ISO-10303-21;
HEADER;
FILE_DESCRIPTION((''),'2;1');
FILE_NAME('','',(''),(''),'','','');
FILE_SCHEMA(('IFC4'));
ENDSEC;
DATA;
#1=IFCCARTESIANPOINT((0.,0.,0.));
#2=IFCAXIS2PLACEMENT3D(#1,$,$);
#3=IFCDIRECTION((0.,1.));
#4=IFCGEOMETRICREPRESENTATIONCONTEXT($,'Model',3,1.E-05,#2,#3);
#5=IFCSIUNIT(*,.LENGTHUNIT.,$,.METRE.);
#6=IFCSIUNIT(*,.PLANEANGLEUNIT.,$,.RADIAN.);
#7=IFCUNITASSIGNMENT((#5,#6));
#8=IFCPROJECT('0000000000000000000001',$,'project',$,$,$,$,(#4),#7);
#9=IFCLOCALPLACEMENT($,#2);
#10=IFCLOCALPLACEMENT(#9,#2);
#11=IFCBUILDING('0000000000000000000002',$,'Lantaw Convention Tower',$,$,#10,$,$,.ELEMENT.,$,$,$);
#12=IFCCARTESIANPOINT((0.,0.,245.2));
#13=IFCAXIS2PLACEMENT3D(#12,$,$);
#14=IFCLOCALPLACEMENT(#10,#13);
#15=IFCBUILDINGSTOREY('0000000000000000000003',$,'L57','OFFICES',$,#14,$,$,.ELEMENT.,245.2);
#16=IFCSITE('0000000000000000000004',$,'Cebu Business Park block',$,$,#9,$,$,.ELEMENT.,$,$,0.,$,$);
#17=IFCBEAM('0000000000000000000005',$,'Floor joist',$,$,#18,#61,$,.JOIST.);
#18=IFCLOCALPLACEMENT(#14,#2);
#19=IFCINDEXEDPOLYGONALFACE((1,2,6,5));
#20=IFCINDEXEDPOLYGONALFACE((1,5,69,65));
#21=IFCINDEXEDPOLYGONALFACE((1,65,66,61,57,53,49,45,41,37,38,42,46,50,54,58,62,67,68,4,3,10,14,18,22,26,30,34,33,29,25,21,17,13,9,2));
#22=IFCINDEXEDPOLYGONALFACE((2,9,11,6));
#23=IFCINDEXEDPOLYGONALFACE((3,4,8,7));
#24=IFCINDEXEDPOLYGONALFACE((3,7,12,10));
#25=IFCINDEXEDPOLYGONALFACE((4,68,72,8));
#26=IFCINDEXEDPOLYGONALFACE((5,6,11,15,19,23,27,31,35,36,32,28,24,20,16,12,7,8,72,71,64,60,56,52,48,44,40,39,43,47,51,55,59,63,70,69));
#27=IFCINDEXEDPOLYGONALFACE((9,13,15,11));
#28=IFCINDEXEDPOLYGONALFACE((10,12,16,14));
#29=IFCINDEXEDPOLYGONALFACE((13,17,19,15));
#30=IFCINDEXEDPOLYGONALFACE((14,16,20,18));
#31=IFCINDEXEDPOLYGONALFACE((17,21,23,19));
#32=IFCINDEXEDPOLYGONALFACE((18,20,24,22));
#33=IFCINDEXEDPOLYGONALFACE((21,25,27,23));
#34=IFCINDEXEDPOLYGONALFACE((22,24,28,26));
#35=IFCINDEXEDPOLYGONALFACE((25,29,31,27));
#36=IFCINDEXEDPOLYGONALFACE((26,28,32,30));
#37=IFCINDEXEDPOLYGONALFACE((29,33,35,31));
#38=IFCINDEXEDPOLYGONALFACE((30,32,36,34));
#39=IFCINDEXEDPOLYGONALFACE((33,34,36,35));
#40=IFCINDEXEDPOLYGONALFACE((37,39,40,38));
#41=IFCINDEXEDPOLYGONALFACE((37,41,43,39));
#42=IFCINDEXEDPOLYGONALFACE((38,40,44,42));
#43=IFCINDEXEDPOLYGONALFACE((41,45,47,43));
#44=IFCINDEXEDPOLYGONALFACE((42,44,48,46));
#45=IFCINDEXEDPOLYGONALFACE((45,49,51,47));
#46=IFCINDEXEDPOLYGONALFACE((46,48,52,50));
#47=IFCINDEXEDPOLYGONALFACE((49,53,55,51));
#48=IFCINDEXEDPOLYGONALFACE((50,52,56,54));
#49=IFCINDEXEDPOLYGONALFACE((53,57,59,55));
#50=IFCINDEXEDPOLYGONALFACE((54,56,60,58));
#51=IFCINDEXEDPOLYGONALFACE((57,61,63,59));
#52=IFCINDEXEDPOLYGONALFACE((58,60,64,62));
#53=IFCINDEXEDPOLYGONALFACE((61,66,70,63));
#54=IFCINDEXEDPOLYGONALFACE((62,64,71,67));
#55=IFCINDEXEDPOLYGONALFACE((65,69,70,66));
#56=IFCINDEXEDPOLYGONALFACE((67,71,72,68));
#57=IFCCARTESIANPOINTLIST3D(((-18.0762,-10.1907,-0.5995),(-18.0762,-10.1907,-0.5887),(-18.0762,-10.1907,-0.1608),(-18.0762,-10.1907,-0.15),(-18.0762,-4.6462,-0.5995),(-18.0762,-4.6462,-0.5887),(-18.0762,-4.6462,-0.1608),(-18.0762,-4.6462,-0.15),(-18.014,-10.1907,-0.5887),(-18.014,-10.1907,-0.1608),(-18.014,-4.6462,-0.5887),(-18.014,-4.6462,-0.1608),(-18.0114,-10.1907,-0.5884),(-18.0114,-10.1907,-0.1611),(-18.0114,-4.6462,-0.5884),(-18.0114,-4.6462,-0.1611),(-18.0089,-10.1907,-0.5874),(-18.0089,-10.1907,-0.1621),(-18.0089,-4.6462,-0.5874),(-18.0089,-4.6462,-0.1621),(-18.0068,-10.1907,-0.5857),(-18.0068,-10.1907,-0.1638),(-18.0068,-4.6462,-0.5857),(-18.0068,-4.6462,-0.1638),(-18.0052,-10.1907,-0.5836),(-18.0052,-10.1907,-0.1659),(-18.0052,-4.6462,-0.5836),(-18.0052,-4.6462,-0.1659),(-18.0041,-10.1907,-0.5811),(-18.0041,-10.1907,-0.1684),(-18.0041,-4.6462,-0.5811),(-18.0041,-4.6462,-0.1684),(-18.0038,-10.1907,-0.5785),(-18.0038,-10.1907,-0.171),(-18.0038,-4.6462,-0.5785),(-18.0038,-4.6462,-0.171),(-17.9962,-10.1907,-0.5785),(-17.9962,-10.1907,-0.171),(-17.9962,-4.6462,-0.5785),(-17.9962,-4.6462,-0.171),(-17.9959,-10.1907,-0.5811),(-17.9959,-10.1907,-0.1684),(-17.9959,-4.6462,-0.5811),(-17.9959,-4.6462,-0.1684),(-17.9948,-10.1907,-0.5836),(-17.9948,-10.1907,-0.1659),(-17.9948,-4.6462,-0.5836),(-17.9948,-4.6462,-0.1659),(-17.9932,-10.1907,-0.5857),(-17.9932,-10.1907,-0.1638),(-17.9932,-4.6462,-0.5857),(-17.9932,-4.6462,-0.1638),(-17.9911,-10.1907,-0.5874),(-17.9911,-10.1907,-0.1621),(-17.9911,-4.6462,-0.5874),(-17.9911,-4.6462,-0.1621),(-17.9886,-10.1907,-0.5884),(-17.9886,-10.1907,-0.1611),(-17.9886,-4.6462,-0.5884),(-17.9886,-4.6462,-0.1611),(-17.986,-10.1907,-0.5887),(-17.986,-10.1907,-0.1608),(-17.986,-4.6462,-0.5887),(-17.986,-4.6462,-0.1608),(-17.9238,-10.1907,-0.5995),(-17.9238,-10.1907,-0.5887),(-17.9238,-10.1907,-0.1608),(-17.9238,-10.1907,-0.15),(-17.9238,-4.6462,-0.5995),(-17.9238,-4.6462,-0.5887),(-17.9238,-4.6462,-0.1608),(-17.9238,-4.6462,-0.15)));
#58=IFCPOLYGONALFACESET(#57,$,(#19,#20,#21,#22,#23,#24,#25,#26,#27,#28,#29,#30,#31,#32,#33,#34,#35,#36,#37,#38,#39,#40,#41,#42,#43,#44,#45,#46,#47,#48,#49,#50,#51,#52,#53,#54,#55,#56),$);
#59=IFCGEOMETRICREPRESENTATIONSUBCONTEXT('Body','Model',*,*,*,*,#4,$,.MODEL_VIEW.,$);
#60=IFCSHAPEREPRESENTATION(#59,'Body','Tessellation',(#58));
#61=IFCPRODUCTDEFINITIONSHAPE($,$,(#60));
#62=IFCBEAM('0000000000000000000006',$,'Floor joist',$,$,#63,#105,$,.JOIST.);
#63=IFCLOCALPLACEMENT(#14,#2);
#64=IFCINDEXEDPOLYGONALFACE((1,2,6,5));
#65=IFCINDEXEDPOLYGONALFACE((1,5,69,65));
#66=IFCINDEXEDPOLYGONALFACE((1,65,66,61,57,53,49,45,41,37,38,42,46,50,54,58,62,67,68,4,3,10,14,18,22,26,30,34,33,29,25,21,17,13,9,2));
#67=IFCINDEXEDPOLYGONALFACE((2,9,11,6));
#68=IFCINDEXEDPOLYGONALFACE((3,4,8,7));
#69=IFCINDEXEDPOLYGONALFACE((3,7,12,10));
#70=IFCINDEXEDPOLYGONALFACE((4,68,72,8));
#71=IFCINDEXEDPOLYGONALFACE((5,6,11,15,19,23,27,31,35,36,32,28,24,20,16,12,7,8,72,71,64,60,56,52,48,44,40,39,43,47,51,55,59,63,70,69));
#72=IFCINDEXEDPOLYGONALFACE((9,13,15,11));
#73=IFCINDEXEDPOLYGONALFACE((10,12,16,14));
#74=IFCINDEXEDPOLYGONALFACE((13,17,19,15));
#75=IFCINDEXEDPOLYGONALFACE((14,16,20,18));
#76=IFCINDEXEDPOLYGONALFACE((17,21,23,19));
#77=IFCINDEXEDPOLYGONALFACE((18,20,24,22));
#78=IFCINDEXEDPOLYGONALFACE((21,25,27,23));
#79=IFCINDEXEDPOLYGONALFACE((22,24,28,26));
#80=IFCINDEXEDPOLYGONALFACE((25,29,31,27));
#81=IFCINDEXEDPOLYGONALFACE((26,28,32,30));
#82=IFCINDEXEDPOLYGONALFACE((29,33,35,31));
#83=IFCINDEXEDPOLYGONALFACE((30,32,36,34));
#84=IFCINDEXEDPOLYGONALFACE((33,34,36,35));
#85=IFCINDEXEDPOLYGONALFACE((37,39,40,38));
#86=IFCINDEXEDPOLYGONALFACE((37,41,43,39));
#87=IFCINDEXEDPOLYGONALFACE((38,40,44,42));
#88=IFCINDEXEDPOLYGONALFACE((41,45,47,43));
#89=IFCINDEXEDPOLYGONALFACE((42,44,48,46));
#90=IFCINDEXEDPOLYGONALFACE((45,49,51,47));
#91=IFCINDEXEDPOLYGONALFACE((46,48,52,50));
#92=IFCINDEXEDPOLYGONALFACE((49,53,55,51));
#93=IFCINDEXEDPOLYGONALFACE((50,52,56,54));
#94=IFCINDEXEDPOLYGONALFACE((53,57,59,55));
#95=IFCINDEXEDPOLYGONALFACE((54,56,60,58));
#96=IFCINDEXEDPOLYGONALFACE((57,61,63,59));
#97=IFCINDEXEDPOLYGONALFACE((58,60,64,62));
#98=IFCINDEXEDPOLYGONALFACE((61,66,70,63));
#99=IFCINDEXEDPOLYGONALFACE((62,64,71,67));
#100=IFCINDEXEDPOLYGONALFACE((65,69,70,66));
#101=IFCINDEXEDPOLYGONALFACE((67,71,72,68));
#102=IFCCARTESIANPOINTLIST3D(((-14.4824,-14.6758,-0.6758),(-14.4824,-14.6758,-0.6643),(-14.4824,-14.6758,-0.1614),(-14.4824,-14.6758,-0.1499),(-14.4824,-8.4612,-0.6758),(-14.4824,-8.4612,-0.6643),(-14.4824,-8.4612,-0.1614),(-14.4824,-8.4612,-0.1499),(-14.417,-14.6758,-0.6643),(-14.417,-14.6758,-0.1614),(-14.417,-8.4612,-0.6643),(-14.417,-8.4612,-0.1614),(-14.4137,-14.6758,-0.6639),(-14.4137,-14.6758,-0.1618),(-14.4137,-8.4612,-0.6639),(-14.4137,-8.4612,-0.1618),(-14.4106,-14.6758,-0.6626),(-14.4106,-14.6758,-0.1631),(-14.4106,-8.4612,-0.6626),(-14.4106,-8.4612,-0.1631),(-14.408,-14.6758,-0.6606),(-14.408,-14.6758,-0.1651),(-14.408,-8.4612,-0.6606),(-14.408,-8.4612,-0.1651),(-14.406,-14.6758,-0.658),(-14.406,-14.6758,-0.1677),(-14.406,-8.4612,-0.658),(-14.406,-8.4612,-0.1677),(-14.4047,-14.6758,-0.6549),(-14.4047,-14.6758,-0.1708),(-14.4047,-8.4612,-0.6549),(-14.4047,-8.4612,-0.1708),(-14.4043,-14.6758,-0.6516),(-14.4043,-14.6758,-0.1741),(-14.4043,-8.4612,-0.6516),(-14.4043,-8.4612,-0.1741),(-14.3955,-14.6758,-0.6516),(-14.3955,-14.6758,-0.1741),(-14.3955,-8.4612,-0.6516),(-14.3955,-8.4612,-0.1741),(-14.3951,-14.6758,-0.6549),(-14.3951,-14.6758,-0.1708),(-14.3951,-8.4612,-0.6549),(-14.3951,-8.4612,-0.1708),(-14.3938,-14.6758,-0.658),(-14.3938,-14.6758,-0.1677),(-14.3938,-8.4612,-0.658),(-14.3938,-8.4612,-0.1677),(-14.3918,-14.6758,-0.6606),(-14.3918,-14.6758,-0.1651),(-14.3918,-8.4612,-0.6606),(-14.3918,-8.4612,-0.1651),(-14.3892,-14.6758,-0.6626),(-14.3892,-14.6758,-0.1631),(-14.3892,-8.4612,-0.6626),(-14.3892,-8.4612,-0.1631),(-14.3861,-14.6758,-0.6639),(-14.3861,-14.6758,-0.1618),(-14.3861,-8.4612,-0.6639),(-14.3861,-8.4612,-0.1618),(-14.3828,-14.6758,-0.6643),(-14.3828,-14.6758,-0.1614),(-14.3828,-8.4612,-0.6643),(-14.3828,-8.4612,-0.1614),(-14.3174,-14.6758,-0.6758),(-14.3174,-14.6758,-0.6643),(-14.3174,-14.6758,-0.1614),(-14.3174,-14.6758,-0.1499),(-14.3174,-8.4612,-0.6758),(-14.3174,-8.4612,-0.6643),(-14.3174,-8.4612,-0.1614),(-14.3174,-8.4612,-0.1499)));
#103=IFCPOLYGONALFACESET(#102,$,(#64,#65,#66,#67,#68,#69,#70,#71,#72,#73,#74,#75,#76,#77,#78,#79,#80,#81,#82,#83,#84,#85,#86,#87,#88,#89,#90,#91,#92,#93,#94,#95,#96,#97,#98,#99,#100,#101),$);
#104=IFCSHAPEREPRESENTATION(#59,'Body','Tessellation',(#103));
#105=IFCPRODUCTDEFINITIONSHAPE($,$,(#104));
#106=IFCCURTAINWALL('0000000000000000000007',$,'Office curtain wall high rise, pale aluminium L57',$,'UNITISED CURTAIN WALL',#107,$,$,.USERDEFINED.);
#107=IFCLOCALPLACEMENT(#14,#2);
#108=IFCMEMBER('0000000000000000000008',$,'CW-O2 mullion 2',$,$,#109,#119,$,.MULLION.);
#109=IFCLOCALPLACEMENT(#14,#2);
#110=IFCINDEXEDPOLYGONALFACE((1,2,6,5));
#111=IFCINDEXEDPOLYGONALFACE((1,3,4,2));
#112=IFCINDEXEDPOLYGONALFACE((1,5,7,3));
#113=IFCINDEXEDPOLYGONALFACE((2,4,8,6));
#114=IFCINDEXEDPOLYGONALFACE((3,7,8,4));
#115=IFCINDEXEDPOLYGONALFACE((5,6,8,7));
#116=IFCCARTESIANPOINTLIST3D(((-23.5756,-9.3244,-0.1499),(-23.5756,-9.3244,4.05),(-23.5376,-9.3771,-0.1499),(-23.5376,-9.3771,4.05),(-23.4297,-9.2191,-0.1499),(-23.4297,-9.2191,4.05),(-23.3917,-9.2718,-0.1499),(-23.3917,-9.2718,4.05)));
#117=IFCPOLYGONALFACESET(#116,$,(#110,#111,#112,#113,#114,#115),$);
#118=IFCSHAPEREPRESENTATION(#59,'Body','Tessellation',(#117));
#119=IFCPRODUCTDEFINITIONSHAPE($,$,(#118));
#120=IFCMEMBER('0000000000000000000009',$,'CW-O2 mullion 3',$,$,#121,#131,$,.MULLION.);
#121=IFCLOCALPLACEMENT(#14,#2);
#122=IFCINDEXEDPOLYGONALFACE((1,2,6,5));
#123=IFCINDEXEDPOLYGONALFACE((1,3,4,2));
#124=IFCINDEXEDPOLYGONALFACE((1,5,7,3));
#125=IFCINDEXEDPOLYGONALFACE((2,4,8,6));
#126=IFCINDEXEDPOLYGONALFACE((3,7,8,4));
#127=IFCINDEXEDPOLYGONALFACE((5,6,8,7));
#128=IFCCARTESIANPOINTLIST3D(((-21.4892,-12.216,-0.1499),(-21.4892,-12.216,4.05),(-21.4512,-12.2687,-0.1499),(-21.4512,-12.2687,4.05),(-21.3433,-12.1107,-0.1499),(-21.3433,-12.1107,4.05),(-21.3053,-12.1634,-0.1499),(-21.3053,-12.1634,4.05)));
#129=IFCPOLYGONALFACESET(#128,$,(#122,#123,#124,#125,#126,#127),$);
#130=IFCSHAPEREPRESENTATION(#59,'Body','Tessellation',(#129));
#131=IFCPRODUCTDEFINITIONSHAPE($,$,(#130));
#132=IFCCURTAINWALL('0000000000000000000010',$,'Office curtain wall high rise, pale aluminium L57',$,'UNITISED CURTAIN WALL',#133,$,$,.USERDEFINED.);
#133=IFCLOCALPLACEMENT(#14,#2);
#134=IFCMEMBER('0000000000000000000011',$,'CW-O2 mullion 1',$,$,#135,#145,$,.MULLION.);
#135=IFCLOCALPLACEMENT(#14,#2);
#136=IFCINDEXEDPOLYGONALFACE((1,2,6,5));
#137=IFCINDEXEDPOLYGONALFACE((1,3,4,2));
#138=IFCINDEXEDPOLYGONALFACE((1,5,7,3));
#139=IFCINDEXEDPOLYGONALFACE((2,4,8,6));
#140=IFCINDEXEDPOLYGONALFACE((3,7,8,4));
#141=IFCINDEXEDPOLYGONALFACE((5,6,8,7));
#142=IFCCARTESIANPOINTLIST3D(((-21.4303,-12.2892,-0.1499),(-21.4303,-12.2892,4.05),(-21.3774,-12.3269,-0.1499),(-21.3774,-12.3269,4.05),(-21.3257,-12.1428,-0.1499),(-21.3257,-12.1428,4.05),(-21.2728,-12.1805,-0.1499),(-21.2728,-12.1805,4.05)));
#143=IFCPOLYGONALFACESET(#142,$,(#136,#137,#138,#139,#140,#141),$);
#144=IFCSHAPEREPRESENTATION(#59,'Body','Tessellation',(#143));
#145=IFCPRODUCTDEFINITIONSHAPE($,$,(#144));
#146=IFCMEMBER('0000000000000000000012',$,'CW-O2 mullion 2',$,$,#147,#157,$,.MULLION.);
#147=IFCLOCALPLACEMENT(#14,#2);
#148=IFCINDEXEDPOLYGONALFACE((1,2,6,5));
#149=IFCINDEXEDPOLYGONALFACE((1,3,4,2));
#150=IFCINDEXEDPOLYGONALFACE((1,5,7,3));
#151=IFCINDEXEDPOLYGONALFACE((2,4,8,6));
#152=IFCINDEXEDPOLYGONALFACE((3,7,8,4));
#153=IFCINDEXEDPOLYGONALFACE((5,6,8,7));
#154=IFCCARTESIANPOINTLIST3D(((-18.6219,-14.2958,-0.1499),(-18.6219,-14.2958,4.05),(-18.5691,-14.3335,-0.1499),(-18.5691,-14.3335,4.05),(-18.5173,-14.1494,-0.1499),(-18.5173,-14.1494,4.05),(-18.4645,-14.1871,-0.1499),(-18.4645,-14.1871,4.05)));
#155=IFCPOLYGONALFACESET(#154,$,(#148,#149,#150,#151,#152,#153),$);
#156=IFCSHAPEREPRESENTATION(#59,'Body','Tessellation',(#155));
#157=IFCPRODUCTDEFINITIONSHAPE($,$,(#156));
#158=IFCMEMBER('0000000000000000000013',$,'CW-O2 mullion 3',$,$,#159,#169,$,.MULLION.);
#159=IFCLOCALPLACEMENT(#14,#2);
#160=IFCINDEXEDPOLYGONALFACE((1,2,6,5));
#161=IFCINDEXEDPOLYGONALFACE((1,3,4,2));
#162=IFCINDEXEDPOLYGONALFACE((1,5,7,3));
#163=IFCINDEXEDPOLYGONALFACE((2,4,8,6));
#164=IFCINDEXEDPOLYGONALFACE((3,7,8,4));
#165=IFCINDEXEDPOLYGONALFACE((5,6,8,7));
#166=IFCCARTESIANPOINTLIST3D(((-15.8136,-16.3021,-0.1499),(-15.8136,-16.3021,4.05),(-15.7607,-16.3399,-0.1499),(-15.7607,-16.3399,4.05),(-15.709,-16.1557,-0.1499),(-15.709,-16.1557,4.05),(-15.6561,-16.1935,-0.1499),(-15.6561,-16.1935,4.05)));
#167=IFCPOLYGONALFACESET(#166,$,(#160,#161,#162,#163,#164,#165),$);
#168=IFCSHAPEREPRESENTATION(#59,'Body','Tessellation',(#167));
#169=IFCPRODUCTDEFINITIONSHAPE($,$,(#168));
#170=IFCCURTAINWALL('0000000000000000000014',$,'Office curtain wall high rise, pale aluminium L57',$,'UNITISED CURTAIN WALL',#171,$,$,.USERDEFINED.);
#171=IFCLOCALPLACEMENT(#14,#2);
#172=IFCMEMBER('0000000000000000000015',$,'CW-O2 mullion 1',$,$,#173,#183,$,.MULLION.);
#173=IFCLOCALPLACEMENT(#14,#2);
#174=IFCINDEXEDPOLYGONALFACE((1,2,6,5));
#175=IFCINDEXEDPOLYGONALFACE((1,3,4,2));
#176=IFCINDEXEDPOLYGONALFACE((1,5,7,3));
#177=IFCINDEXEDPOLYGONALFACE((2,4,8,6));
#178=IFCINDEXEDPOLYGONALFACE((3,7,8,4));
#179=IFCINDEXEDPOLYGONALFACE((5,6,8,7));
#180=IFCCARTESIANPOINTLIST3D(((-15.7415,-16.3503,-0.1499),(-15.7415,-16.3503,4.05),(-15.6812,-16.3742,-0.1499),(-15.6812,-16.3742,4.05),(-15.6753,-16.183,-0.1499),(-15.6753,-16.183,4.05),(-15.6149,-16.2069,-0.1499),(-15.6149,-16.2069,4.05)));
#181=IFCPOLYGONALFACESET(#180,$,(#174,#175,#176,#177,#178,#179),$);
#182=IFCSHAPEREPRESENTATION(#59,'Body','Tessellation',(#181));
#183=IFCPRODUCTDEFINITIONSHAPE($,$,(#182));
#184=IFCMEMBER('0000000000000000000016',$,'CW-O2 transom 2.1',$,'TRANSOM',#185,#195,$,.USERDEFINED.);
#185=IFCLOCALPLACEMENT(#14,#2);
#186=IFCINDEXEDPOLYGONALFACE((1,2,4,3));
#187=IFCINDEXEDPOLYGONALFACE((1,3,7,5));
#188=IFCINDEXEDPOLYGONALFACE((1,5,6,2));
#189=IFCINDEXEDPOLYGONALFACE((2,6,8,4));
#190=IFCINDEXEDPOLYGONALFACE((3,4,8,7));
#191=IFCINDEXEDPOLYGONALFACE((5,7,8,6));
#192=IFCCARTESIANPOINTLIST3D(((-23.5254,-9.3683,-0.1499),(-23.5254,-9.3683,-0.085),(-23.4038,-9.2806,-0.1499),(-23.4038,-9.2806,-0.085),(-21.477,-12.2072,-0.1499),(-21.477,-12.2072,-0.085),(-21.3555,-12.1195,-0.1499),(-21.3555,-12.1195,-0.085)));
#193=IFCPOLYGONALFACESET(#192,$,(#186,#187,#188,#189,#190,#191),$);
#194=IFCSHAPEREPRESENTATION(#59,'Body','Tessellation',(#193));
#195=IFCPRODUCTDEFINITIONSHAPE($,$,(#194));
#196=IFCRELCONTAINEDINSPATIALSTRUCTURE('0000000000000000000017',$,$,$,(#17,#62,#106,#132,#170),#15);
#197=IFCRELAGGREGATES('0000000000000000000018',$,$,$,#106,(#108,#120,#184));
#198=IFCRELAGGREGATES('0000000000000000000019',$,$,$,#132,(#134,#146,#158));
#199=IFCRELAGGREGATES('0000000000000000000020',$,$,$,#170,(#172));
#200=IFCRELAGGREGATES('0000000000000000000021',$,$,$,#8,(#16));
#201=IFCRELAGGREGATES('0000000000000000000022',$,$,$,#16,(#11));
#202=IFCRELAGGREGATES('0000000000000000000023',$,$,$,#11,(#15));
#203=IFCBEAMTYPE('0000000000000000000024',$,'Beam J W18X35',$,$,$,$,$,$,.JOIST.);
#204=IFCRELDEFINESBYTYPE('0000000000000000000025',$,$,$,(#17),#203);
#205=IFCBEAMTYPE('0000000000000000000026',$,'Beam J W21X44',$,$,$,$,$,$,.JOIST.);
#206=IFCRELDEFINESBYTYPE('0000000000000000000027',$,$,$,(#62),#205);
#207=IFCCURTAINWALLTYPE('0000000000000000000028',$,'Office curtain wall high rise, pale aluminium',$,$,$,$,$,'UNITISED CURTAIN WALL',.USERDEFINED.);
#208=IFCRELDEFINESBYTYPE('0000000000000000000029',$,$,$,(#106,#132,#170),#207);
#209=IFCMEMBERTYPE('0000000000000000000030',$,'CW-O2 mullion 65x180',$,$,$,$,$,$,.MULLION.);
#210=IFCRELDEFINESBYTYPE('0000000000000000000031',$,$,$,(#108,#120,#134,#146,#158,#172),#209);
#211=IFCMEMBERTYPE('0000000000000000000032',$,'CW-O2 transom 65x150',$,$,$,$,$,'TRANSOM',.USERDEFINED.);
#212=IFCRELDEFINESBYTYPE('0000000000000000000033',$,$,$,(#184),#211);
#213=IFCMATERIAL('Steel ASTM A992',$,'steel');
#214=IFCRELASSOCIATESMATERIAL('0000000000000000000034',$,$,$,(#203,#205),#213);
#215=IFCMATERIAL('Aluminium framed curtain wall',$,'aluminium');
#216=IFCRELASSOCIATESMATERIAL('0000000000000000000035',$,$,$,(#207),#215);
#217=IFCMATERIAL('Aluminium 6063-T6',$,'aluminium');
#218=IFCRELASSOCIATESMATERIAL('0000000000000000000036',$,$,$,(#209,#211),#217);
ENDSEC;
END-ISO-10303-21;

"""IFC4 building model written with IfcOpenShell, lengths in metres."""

from ifc_helpers import new_model, si_unit, direction, frame, origin, origin_2d, place, context, subcontext, project, spatial, rectangle, i_section, extrude, material, material_profile, profile_set, type_object, element, aggregate, save


model = new_model("IFC4")

# Units and contexts
model_context = context("Model", 3, precision=1e-05, world=origin(), true_north=direction((0.0, 1.0)))
body_context = subcontext(model_context, "Body", "Model", "MODEL_VIEW")
ifc_project = project(units=[si_unit("LENGTHUNIT", "METRE"), si_unit("PLANEANGLEUNIT", "RADIAN")], contexts=[model_context])

# Site, building, storey
site_placement = place(None, origin())
site = spatial("IfcSite", under=ifc_project, at=site_placement, Name="Cebu Business Park block", CompositionType="ELEMENT", RefElevation=0.0)
building_placement = place(site_placement, origin())
building = spatial("IfcBuilding", under=site, at=building_placement, Name="Lantaw Convention Tower", CompositionType="ELEMENT")
storey_placement = place(building_placement, frame((0.0, 0.0, 245.2)))
storey = spatial("IfcBuildingStorey", under=building, at=storey_placement, Name="L57", Description="OFFICES", CompositionType="ELEMENT", Elevation=245.2)

# Beams
ifc_material_1 = material(Name="Steel ASTM A992", Category="steel")
ifc_material_profile_1 = material_profile(ifc_material_1, i_section(OverallWidth=0.1523, OverallDepth=0.4495, WebThickness=0.0076, FlangeThickness=0.0107, FilletRadius=0.0103, at=origin_2d()), Name="W18X35")
ifc_profile_set_1 = profile_set([ifc_material_profile_1], Name="Steel ASTM A992")
beam_type_1 = type_object("IfcBeamType", Name="Beam J W18X35", PredefinedType="JOIST", material=ifc_profile_set_1)
beam_1_placement = place(storey_placement, frame((-18.0, -10.1907, -0.3748), z_axis=(0.0, 1.0, 0.0), x_axis=(-1.0, 0.0, 0.0)))
element("IfcBeam", 1, at=beam_1_placement, inside=storey, type_object=beam_type_1, Name="Floor joist", PredefinedType="JOIST", context=body_context, shape_type="SweptSolid", body=[
    extrude(i_section(OverallWidth=0.1523, OverallDepth=0.4495, WebThickness=0.0076, FlangeThickness=0.0107, FilletRadius=0.0103, at=origin_2d()), origin(), (0.0, 0.0, 1.0), 5.5444),
])
ifc_material_profile_2 = material_profile(ifc_material_1, i_section(OverallWidth=0.165, OverallDepth=0.5259, WebThickness=0.0088, FlangeThickness=0.0115, FilletRadius=0.0127, at=origin_2d()), Name="W21X44")
ifc_profile_set_2 = profile_set([ifc_material_profile_2], Name="Steel ASTM A992")
beam_type_2 = type_object("IfcBeamType", Name="Beam J W21X44", PredefinedType="JOIST", material=ifc_profile_set_2)
beam_2_placement = place(storey_placement, frame((-14.3999, -14.6758, -0.4128), z_axis=(0.0, 1.0, 0.0), x_axis=(-1.0, 0.0, 0.0)))
element("IfcBeam", 2, at=beam_2_placement, inside=storey, type_object=beam_type_2, Name="Floor joist", PredefinedType="JOIST", context=body_context, shape_type="SweptSolid", body=[
    extrude(i_section(OverallWidth=0.165, OverallDepth=0.5259, WebThickness=0.0088, FlangeThickness=0.0115, FilletRadius=0.0127, at=origin_2d()), origin(), (0.0, 0.0, 1.0), 6.2146),
])

# Curtain walls, members
ifc_material_2 = material(Name="Aluminium framed curtain wall", Category="aluminium")
curtain_wall_type = type_object("IfcCurtainWallType", Name="Office curtain wall high rise, pale aluminium", ElementType="UNITISED CURTAIN WALL", PredefinedType="USERDEFINED", material=ifc_material_2)
curtain_wall_1_placement = place(storey_placement, origin())
curtain_wall_1 = element("IfcCurtainWall", 3, at=curtain_wall_1_placement, inside=storey, type_object=curtain_wall_type, Name="Office curtain wall high rise, pale aluminium L57", ObjectType="UNITISED CURTAIN WALL", PredefinedType="USERDEFINED")
ifc_material_3 = material(Name="Aluminium 6063-T6", Category="aluminium")
ifc_material_profile_3 = material_profile(ifc_material_3, rectangle(XDim=0.1799, YDim=0.0649, at=origin_2d()), Name="CW-O2 mullion 65x180")
ifc_profile_set_3 = profile_set([ifc_material_profile_3], Name="Aluminium 6063-T6")
member_type_1 = type_object("IfcMemberType", Name="CW-O2 mullion 65x180", PredefinedType="MULLION", material=ifc_profile_set_3)
member_1_placement = place(storey_placement, frame((-23.4836, -9.2981, -0.1499), z_axis=(0.0, 0.0, 1.0), x_axis=(0.81092, 0.585158, 0.0)))
member_1 = element("IfcMember", 4, at=member_1_placement, type_object=member_type_1, Name="CW-O2 mullion 2", PredefinedType="MULLION", context=body_context, shape_type="SweptSolid", body=[
    extrude(rectangle(XDim=0.1799, YDim=0.0649, at=origin_2d()), origin(), (0.0, 0.0, 1.0), 4.2),
])
member_2_placement = place(storey_placement, frame((-21.3972, -12.1897, -0.1499), z_axis=(0.0, 0.0, 1.0), x_axis=(0.81092, 0.585158, 0.0)))
member_2 = element("IfcMember", 5, at=member_2_placement, type_object=member_type_1, Name="CW-O2 mullion 3", PredefinedType="MULLION", context=body_context, shape_type="SweptSolid", body=[
    extrude(rectangle(XDim=0.1799, YDim=0.0649, at=origin_2d()), origin(), (0.0, 0.0, 1.0), 4.2),
])
curtain_wall_2_placement = place(storey_placement, origin())
curtain_wall_2 = element("IfcCurtainWall", 6, at=curtain_wall_2_placement, inside=storey, type_object=curtain_wall_type, Name="Office curtain wall high rise, pale aluminium L57", ObjectType="UNITISED CURTAIN WALL", PredefinedType="USERDEFINED")
member_3_placement = place(storey_placement, frame((-21.3516, -12.2349, -0.1499), z_axis=(0.0, 0.0, 1.0), x_axis=(0.581323, 0.813673, 0.0)))
member_3 = element("IfcMember", 7, at=member_3_placement, type_object=member_type_1, Name="CW-O2 mullion 1", PredefinedType="MULLION", context=body_context, shape_type="SweptSolid", body=[
    extrude(rectangle(XDim=0.1799, YDim=0.0649, at=origin_2d()), origin(), (0.0, 0.0, 1.0), 4.2),
])
member_4_placement = place(storey_placement, frame((-18.5432, -14.2415, -0.1499), z_axis=(0.0, 0.0, 1.0), x_axis=(0.581323, 0.813673, 0.0)))
member_4 = element("IfcMember", 8, at=member_4_placement, type_object=member_type_1, Name="CW-O2 mullion 2", PredefinedType="MULLION", context=body_context, shape_type="SweptSolid", body=[
    extrude(rectangle(XDim=0.1799, YDim=0.0649, at=origin_2d()), origin(), (0.0, 0.0, 1.0), 4.2),
])
member_5_placement = place(storey_placement, frame((-15.7349, -16.2478, -0.1499), z_axis=(0.0, 0.0, 1.0), x_axis=(0.581323, 0.813673, 0.0)))
member_5 = element("IfcMember", 9, at=member_5_placement, type_object=member_type_1, Name="CW-O2 mullion 3", PredefinedType="MULLION", context=body_context, shape_type="SweptSolid", body=[
    extrude(rectangle(XDim=0.1799, YDim=0.0649, at=origin_2d()), origin(), (0.0, 0.0, 1.0), 4.2),
])

# Curtain wall, member
curtain_wall_3_placement = place(storey_placement, origin())
curtain_wall_3 = element("IfcCurtainWall", 10, at=curtain_wall_3_placement, inside=storey, type_object=curtain_wall_type, Name="Office curtain wall high rise, pale aluminium L57", ObjectType="UNITISED CURTAIN WALL", PredefinedType="USERDEFINED")
member_6_placement = place(storey_placement, frame((-15.6782, -16.2786, -0.1499), z_axis=(0.0, 0.0, 1.0), x_axis=(0.368162, 0.929762, 0.0)))
member_6 = element("IfcMember", 11, at=member_6_placement, type_object=member_type_1, Name="CW-O2 mullion 1", PredefinedType="MULLION", context=body_context, shape_type="SweptSolid", body=[
    extrude(rectangle(XDim=0.1799, YDim=0.0649, at=origin_2d()), origin(), (0.0, 0.0, 1.0), 4.2),
])

# Member
ifc_material_profile_4 = material_profile(ifc_material_3, rectangle(XDim=0.1499, YDim=0.0649, at=origin_2d()), Name="CW-O2 transom 65x150")
ifc_profile_set_4 = profile_set([ifc_material_profile_4], Name="Aluminium 6063-T6")
member_type_2 = type_object("IfcMemberType", Name="CW-O2 transom 65x150", ElementType="TRANSOM", PredefinedType="USERDEFINED", material=ifc_profile_set_4)
member_7_placement = place(storey_placement, frame((-23.4646, -9.3245, -0.1174), z_axis=(0.585124, -0.810944, 0.0), x_axis=(0.810944, 0.585124, 0.0)))
member_7 = element("IfcMember", 12, at=member_7_placement, type_object=member_type_2, Name="CW-O2 transom 2.1", ObjectType="TRANSOM", PredefinedType="USERDEFINED", context=body_context, shape_type="SweptSolid", body=[
    extrude(rectangle(XDim=0.1499, YDim=0.0649, at=origin_2d()), origin(), (0.0, 0.0, 1.0), 3.5007),
])

aggregate(curtain_wall_1, [member_1, member_2, member_7])
aggregate(curtain_wall_2, [member_3, member_4, member_5])
aggregate(curtain_wall_3, [member_6])

save(model, "model.ifc")
